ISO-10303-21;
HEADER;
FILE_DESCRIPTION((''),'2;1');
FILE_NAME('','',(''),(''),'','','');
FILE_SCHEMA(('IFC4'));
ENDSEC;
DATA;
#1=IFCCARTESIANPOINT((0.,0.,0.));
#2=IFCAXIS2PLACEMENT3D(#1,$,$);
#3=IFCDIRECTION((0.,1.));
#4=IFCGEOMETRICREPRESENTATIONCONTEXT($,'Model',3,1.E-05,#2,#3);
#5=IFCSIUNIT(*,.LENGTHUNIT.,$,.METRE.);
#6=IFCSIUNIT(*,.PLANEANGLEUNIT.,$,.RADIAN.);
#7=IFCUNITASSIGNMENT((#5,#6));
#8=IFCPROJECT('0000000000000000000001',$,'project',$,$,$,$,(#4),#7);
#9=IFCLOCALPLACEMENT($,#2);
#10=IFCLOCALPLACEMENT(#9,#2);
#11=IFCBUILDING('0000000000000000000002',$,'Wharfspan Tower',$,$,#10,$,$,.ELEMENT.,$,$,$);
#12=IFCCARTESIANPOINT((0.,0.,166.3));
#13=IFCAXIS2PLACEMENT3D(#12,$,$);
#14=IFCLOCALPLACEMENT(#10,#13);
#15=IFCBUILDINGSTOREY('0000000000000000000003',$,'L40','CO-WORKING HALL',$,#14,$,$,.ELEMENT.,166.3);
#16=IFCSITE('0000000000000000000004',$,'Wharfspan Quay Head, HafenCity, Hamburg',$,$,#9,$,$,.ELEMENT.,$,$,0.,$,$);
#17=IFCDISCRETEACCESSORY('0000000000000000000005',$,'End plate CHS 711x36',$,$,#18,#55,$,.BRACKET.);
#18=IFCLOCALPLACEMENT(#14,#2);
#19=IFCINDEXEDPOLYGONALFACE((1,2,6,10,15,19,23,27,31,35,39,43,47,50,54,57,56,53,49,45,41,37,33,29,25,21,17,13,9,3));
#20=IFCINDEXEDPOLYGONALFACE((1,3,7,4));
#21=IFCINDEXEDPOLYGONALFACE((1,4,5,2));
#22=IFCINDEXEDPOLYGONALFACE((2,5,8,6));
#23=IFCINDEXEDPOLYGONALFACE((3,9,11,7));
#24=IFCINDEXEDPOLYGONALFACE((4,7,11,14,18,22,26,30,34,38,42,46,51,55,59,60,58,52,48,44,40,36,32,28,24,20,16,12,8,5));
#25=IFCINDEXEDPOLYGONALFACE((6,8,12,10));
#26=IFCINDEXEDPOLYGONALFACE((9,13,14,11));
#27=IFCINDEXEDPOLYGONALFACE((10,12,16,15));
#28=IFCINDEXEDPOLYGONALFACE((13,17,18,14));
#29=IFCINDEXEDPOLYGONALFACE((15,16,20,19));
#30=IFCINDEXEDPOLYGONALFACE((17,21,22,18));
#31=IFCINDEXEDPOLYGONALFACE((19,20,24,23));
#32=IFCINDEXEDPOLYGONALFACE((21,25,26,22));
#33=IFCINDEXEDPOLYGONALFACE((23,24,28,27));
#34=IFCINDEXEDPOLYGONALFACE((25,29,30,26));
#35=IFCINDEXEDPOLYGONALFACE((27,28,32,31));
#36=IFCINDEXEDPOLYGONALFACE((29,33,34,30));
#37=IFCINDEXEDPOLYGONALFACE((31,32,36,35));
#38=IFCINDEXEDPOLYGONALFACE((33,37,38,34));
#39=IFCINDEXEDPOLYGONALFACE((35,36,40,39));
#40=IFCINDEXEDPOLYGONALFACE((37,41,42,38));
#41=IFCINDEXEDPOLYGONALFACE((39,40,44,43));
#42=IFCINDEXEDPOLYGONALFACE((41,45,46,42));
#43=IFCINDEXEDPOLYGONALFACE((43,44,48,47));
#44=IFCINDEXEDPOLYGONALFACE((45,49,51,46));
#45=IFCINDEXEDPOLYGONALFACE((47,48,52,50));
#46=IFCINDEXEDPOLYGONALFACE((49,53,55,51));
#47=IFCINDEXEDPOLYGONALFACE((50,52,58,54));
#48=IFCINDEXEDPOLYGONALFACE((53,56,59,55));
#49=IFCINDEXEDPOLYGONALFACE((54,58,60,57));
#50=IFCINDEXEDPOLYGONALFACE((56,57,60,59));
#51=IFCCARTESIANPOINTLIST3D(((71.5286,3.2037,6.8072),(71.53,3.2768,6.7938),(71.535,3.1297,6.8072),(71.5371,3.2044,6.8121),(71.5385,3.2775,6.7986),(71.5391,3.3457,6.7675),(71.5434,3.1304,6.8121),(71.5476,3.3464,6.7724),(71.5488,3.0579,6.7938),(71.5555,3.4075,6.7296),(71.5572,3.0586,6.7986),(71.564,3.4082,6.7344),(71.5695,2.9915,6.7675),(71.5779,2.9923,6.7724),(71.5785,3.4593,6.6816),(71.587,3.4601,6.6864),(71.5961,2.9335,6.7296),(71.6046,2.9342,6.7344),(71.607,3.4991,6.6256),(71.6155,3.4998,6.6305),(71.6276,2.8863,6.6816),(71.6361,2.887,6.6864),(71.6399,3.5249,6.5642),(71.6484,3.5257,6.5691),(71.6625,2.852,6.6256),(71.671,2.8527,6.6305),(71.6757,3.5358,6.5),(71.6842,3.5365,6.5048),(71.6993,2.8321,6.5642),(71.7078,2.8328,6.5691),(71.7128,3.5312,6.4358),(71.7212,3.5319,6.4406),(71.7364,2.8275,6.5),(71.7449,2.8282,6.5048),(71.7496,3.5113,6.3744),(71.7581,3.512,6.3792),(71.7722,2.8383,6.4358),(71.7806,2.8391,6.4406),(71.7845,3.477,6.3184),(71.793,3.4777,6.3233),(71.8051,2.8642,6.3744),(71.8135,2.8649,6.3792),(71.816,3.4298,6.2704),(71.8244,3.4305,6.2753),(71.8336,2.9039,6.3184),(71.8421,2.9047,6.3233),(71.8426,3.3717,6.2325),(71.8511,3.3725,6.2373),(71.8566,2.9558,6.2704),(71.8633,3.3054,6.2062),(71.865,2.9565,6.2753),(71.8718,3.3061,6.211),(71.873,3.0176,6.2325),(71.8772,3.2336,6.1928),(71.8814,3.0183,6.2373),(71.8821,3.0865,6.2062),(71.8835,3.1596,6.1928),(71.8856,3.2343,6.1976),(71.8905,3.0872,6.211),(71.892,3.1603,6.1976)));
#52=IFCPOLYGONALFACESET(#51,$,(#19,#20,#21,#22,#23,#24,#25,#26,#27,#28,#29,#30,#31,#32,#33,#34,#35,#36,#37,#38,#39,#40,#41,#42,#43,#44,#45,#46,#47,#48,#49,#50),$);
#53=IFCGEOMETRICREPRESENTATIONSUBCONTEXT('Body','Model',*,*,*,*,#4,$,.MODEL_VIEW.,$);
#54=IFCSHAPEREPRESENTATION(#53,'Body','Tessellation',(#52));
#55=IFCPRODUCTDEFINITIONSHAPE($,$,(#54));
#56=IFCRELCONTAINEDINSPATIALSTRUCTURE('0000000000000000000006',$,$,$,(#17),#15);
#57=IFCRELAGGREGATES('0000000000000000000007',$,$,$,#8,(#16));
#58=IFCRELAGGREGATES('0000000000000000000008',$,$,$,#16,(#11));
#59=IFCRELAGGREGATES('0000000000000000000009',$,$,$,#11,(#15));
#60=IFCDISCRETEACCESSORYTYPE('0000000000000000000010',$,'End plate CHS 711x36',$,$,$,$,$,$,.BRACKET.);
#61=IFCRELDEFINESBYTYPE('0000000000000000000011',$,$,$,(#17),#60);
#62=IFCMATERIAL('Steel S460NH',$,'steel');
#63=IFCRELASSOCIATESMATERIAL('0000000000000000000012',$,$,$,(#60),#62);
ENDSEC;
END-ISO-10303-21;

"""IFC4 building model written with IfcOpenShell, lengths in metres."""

from ifc_helpers import new_model, si_unit, direction, frame, origin, origin_2d, place, context, subcontext, project, spatial, circle, extrude, material, material_profile, profile_set, type_object, element, save


model = new_model("IFC4")

# Units and contexts
model_context = context("Model", 3, precision=1e-05, world=origin(), true_north=direction((0.0, 1.0)))
body_context = subcontext(model_context, "Body", "Model", "MODEL_VIEW")
ifc_project = project(units=[si_unit("LENGTHUNIT", "METRE"), si_unit("PLANEANGLEUNIT", "RADIAN")], contexts=[model_context])

# Site, building, storey
site_placement = place(None, origin())
site = spatial("IfcSite", under=ifc_project, at=site_placement, Name="Wharfspan Quay Head, HafenCity, Hamburg", CompositionType="ELEMENT", RefElevation=0.0)
building_placement = place(site_placement, origin())
building = spatial("IfcBuilding", under=site, at=building_placement, Name="Wharfspan Tower", CompositionType="ELEMENT")
storey_placement = place(building_placement, frame((0.0, 0.0, 166.3)))
storey = spatial("IfcBuildingStorey", under=building, at=storey_placement, Name="L40", Description="CO-WORKING HALL", CompositionType="ELEMENT", Elevation=166.3)

# Shared definitions
ifc_material_1 = material(Name="Steel S460NH", Category="steel")

# Discrete accessory
ifc_material_profile_1 = material_profile(ifc_material_1, circle(Radius=0.3555, at=origin_2d()))
ifc_profile_set_1 = profile_set([ifc_material_profile_1], Name="Steel S460NH")
discrete_accessory_type = type_object("IfcDiscreteAccessoryType", Name="End plate CHS 711x36", PredefinedType="BRACKET", material=ifc_profile_set_1)
discrete_accessory_1_placement = place(storey_placement, frame((71.7061, 3.1816, 6.5), z_axis=(0.865849, 0.074216, 0.494771), x_axis=(-0.085402, 0.996345, 0.000001)))
element("IfcDiscreteAccessory", 1, at=discrete_accessory_1_placement, inside=storey, type_object=discrete_accessory_type, Name="End plate CHS 711x36", PredefinedType="BRACKET", context=body_context, shape_type="SweptSolid", body=[
    extrude(circle(Radius=0.3555, at=origin_2d()), origin(), (0.0, 0.0, 1.0), 0.0098),
])

save(model, "model.ifc")
